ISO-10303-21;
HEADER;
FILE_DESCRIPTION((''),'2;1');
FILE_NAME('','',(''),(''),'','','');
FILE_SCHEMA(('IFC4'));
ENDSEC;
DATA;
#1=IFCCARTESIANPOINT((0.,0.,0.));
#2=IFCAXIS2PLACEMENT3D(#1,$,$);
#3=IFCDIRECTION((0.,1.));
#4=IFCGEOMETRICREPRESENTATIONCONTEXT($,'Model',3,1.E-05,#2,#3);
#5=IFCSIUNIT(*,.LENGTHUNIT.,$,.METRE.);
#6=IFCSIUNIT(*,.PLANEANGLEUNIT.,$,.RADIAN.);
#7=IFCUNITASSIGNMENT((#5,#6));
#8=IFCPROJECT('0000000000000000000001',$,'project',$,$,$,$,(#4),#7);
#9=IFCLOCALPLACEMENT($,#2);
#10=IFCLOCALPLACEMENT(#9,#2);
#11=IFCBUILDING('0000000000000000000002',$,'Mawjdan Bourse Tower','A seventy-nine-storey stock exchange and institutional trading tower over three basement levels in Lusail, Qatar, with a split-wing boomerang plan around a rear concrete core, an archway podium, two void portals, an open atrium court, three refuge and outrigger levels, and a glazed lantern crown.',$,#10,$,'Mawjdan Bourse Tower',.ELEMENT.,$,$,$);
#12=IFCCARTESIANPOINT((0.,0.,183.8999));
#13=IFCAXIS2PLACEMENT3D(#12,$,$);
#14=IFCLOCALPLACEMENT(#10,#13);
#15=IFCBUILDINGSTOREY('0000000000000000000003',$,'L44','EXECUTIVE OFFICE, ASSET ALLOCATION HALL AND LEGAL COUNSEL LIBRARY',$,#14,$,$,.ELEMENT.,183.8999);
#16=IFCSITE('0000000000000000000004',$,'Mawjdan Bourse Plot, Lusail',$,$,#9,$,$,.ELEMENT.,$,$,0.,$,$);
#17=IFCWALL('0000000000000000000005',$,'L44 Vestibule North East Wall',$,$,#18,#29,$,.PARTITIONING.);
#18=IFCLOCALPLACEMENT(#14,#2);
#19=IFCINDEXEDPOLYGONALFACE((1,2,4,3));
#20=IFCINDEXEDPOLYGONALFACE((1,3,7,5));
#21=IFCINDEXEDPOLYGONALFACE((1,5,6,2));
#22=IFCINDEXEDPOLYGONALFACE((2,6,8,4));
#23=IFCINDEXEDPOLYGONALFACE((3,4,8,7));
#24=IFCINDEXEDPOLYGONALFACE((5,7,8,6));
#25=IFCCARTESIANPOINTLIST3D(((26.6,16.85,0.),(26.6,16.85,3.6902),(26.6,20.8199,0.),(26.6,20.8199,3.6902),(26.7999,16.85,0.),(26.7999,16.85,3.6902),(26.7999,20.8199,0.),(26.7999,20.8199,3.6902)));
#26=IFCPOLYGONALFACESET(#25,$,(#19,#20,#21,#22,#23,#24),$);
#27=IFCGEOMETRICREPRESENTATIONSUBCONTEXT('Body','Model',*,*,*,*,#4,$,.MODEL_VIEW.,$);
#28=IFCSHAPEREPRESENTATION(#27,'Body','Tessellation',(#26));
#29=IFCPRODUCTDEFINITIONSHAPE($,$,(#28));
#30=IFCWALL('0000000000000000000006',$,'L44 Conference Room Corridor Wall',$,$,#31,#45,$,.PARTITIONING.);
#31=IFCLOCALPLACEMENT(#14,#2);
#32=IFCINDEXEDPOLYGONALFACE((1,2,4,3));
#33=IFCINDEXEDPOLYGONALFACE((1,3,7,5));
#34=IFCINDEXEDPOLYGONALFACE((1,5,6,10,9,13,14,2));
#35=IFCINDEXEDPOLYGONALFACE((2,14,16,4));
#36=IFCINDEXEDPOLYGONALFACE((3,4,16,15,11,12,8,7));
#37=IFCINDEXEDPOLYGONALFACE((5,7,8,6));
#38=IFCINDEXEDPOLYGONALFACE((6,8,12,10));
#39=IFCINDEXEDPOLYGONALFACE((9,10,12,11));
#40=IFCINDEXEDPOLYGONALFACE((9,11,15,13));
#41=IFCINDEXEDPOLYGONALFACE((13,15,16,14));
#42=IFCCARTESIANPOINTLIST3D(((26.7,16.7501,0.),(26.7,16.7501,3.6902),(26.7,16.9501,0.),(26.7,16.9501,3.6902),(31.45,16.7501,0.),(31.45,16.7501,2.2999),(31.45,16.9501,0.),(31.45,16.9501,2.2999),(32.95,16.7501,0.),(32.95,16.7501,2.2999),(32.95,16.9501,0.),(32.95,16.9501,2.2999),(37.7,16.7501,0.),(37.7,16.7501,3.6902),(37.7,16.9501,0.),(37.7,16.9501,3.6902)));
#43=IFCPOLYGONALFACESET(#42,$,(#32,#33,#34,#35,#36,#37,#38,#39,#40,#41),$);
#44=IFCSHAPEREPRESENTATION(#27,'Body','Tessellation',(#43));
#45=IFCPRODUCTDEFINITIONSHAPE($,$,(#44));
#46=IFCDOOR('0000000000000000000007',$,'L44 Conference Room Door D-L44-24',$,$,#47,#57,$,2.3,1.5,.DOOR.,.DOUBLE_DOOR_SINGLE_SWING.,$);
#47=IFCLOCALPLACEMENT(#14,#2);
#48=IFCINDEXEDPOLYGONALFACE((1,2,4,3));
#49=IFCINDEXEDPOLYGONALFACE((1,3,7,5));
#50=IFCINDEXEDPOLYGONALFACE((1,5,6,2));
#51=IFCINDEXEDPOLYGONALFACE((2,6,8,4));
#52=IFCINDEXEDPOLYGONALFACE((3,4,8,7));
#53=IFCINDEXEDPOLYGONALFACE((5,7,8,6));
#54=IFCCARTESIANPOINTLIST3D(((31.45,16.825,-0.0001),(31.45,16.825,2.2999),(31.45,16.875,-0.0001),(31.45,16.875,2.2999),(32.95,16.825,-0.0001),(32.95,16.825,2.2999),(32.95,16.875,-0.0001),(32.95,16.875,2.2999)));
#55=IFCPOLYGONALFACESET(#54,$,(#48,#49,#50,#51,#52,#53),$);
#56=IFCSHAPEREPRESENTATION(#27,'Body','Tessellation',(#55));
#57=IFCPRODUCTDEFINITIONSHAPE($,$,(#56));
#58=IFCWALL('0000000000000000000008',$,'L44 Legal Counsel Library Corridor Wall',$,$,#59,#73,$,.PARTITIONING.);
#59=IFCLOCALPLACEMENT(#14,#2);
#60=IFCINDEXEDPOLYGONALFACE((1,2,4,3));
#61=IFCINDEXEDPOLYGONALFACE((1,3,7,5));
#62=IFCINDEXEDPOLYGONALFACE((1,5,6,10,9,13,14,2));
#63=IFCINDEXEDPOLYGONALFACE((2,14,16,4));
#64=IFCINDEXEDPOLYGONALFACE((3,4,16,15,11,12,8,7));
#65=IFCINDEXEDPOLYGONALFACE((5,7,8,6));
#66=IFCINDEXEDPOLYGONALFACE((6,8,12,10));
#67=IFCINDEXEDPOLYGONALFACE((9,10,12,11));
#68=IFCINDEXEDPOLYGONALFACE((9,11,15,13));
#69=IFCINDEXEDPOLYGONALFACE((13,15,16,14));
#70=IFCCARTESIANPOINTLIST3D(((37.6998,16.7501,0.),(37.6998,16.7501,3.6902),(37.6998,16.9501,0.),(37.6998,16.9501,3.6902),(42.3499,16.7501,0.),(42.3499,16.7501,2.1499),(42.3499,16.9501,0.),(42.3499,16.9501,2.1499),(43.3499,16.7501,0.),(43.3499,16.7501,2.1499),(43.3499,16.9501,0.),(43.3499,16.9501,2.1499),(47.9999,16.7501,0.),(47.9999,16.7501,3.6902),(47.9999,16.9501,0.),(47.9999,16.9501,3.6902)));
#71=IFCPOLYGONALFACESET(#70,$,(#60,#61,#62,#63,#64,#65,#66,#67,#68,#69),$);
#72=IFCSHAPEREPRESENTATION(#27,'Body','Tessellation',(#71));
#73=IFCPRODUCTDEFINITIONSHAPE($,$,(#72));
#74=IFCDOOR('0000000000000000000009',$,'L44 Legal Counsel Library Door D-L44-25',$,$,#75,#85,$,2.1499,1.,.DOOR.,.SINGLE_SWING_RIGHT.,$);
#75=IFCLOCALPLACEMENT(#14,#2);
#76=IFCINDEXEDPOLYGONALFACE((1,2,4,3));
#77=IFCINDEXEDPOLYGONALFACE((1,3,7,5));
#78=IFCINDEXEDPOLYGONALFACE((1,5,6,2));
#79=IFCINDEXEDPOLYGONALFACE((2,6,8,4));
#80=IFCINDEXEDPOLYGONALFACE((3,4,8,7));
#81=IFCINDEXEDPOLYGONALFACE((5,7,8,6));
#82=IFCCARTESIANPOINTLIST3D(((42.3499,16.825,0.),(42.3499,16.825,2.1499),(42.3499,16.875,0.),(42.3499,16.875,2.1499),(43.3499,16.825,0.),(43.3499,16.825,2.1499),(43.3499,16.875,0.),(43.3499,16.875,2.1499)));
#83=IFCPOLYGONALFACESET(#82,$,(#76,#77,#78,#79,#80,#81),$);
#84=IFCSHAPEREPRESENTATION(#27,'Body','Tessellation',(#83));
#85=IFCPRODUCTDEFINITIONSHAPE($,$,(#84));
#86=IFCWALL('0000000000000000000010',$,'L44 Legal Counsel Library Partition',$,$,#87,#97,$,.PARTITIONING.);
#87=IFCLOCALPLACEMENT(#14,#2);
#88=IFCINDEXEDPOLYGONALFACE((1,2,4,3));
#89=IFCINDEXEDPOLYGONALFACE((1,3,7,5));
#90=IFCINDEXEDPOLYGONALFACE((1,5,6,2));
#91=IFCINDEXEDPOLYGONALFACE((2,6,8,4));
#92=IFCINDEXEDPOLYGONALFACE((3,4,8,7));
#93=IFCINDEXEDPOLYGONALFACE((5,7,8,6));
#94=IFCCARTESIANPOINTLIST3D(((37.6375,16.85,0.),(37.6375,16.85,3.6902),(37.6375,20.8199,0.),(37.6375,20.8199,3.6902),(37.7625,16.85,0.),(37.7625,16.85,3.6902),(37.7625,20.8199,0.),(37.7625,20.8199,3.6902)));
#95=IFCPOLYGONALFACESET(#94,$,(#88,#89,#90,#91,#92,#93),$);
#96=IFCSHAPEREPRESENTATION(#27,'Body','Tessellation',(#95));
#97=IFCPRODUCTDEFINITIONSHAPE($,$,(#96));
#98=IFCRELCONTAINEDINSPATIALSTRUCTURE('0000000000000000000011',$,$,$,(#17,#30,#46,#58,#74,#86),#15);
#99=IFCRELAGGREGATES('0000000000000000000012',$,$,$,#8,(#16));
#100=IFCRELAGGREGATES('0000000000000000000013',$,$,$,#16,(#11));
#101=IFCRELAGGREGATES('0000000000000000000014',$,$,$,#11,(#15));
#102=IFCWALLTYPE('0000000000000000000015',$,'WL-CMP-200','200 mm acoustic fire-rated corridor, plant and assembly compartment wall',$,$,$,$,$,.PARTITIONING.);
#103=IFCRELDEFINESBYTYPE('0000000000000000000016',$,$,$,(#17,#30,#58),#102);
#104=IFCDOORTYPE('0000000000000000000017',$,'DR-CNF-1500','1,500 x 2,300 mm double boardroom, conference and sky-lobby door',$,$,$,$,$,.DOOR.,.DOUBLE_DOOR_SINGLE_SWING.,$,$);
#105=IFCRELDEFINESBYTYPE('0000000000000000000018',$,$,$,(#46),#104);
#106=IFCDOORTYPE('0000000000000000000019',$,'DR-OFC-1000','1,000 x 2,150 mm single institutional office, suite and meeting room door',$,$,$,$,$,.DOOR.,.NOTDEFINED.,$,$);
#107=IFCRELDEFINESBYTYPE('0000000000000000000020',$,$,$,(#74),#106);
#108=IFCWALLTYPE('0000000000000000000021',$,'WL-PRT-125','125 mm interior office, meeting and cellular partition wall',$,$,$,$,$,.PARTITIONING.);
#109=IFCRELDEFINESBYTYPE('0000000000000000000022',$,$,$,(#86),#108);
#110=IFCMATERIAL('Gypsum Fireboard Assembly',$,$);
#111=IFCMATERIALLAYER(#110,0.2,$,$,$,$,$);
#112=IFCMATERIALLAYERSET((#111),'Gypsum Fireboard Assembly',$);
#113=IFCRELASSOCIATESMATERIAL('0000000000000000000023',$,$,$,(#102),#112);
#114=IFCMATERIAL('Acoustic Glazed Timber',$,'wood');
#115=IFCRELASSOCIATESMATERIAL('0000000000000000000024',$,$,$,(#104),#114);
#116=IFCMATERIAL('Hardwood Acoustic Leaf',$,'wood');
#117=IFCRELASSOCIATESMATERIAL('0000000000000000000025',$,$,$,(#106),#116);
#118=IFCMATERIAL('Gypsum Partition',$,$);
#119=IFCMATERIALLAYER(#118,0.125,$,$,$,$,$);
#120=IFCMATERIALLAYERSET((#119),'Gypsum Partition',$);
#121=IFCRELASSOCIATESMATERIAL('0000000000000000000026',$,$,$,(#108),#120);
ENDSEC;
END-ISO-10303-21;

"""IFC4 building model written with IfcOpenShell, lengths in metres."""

from ifc_helpers import new_model, si_unit, direction, frame, frame_2d, origin, place, context, subcontext, project, spatial, rectangle, extrude, material, layer, layer_set, type_object, element, fill, save


model = new_model("IFC4")

# Units and contexts
model_context = context("Model", 3, precision=1e-05, world=origin(), true_north=direction((0.0, 1.0)))
body_context = subcontext(model_context, "Body", "Model", "MODEL_VIEW")
ifc_project = project(units=[si_unit("LENGTHUNIT", "METRE"), si_unit("PLANEANGLEUNIT", "RADIAN")], contexts=[model_context])

# Site, building, storey
site_placement = place(None, origin())
site = spatial("IfcSite", under=ifc_project, at=site_placement, Name="Mawjdan Bourse Plot, Lusail", CompositionType="ELEMENT", RefElevation=0.0)
building_placement = place(site_placement, origin())
building = spatial("IfcBuilding", under=site, at=building_placement, Name="Mawjdan Bourse Tower", Description="A seventy-nine-storey stock exchange and institutional trading tower over three basement levels in Lusail, Qatar, with a split-wing boomerang plan around a rear concrete core, an archway podium, two void portals, an open atrium court, three refuge and outrigger levels, and a glazed lantern crown.", LongName="Mawjdan Bourse Tower", CompositionType="ELEMENT")
storey_placement = place(building_placement, frame((0.0, 0.0, 183.8999)))
storey = spatial("IfcBuildingStorey", under=building, at=storey_placement, Name="L44", Description="EXECUTIVE OFFICE, ASSET ALLOCATION HALL AND LEGAL COUNSEL LIBRARY", CompositionType="ELEMENT", Elevation=183.8999)

# Wall
ifc_material_1 = material(Name="Gypsum Fireboard Assembly")
ifc_layer_1 = layer(ifc_material_1, 0.2)
ifc_layer_set_1 = layer_set([ifc_layer_1], Name="Gypsum Fireboard Assembly")
wall_type_1 = type_object("IfcWallType", Name="WL-CMP-200", Description="200 mm acoustic fire-rated corridor, plant and assembly compartment wall", PredefinedType="PARTITIONING", material=ifc_layer_set_1)
wall_1_placement = place(storey_placement, frame((26.7, 16.8501, 0.0), z_axis=(0.0, 0.0, 1.0), x_axis=(0.0, 1.0, 0.0)))
element("IfcWall", 1, at=wall_1_placement, inside=storey, type_object=wall_type_1, Name="L44 Vestibule North East Wall", PredefinedType="PARTITIONING", context=body_context, shape_type="SweptSolid", body=[
    extrude(rectangle(XDim=3.97, YDim=0.2, at=frame_2d((1.9849, 0.0))), origin(), (0.0, 0.0, 1.0), 3.6902),
])

# Walls, openings, doors
wall_2_placement = place(storey_placement, frame((26.7, 16.8501, 0.0), z_axis=(0.0, 0.0, 1.0), x_axis=(1.0, 0.0, 0.0)))
wall_2 = element("IfcWall", 2, at=wall_2_placement, inside=storey, type_object=wall_type_1, Name="L44 Conference Room Corridor Wall", PredefinedType="PARTITIONING", context=body_context, shape_type="SweptSolid", body=[
    extrude(rectangle(XDim=11.0, YDim=0.2, at=frame_2d((5.5, 0.0))), origin(), (0.0, 0.0, 1.0), 3.6902),
])
opening_1_placement = place(wall_2_placement, frame((4.75, 0.0, 0.0)))
opening_1 = element("IfcOpeningElement", 3, at=opening_1_placement, cuts=wall_2, PredefinedType="OPENING", context=body_context, shape_type="SweptSolid", body=[
    extrude(rectangle(XDim=1.5, YDim=2.3, at=frame_2d((0.75, 1.1499))), frame((0.0, 0.1099, 0.0), z_axis=(0.0, -1.0, 0.0), x_axis=(1.0, 0.0, 0.0)), (0.0, 0.0, 1.0), 0.22),
])
ifc_material_2 = material(Name="Acoustic Glazed Timber", Category="wood")
door_type_1 = type_object("IfcDoorType", Name="DR-CNF-1500", Description="1,500 x 2,300 mm double boardroom, conference and sky-lobby door", OperationType="DOUBLE_DOOR_SINGLE_SWING", PredefinedType="DOOR", material=ifc_material_2)
door_1_placement = place(opening_1_placement, origin())
door_1 = element("IfcDoor", 4, at=door_1_placement, inside=storey, type_object=door_type_1, Name="L44 Conference Room Door D-L44-24", OperationType="DOUBLE_DOOR_SINGLE_SWING", OverallHeight=2.3, OverallWidth=1.5, PredefinedType="DOOR", context=body_context, shape_type="SweptSolid", body=[
    extrude(rectangle(XDim=1.5, YDim=2.3, at=frame_2d((0.75, 1.1499))), frame((0.0, 0.0249, 0.0), z_axis=(0.0, -1.0, 0.0), x_axis=(1.0, 0.0, 0.0)), (0.0, 0.0, 1.0), 0.05),
])
fill(opening_1, door_1)
wall_3_placement = place(storey_placement, frame((37.7, 16.8501, 0.0), z_axis=(0.0, 0.0, 1.0), x_axis=(1.0, 0.0, 0.0)))
wall_3 = element("IfcWall", 5, at=wall_3_placement, inside=storey, type_object=wall_type_1, Name="L44 Legal Counsel Library Corridor Wall", PredefinedType="PARTITIONING", context=body_context, shape_type="SweptSolid", body=[
    extrude(rectangle(XDim=10.3, YDim=0.2, at=frame_2d((5.1499, 0.0))), origin(), (0.0, 0.0, 1.0), 3.6902),
])
opening_2_placement = place(wall_3_placement, frame((4.6499, 0.0, 0.0)))
opening_2 = element("IfcOpeningElement", 6, at=opening_2_placement, cuts=wall_3, PredefinedType="OPENING", context=body_context, shape_type="SweptSolid", body=[
    extrude(rectangle(XDim=1.0, YDim=2.1499, at=frame_2d((0.5, 1.075))), frame((0.0, 0.1099, 0.0), z_axis=(0.0, -1.0, 0.0), x_axis=(1.0, 0.0, 0.0)), (0.0, 0.0, 1.0), 0.22),
])
ifc_material_3 = material(Name="Hardwood Acoustic Leaf", Category="wood")
door_type_2 = type_object("IfcDoorType", Name="DR-OFC-1000", Description="1,000 x 2,150 mm single institutional office, suite and meeting room door", OperationType="NOTDEFINED", PredefinedType="DOOR", material=ifc_material_3)
door_2_placement = place(opening_2_placement, origin())
door_2 = element("IfcDoor", 7, at=door_2_placement, inside=storey, type_object=door_type_2, Name="L44 Legal Counsel Library Door D-L44-25", OperationType="SINGLE_SWING_RIGHT", OverallHeight=2.1499, OverallWidth=1.0, PredefinedType="DOOR", context=body_context, shape_type="SweptSolid", body=[
    extrude(rectangle(XDim=1.0, YDim=2.1499, at=frame_2d((0.5, 1.075))), frame((0.0, 0.0249, 0.0), z_axis=(0.0, -1.0, 0.0), x_axis=(1.0, 0.0, 0.0)), (0.0, 0.0, 1.0), 0.05),
])
fill(opening_2, door_2)

# Wall
ifc_material_4 = material(Name="Gypsum Partition")
ifc_layer_2 = layer(ifc_material_4, 0.125)
ifc_layer_set_2 = layer_set([ifc_layer_2], Name="Gypsum Partition")
wall_type_2 = type_object("IfcWallType", Name="WL-PRT-125", Description="125 mm interior office, meeting and cellular partition wall", PredefinedType="PARTITIONING", material=ifc_layer_set_2)
wall_4_placement = place(storey_placement, frame((37.7, 16.8501, 0.0), z_axis=(0.0, 0.0, 1.0), x_axis=(0.0, 1.0, 0.0)))
element("IfcWall", 8, at=wall_4_placement, inside=storey, type_object=wall_type_2, Name="L44 Legal Counsel Library Partition", PredefinedType="PARTITIONING", context=body_context, shape_type="SweptSolid", body=[
    extrude(rectangle(XDim=3.97, YDim=0.125, at=frame_2d((1.9849, 0.0))), origin(), (0.0, 0.0, 1.0), 3.6902),
])

save(model, "model.ifc")
